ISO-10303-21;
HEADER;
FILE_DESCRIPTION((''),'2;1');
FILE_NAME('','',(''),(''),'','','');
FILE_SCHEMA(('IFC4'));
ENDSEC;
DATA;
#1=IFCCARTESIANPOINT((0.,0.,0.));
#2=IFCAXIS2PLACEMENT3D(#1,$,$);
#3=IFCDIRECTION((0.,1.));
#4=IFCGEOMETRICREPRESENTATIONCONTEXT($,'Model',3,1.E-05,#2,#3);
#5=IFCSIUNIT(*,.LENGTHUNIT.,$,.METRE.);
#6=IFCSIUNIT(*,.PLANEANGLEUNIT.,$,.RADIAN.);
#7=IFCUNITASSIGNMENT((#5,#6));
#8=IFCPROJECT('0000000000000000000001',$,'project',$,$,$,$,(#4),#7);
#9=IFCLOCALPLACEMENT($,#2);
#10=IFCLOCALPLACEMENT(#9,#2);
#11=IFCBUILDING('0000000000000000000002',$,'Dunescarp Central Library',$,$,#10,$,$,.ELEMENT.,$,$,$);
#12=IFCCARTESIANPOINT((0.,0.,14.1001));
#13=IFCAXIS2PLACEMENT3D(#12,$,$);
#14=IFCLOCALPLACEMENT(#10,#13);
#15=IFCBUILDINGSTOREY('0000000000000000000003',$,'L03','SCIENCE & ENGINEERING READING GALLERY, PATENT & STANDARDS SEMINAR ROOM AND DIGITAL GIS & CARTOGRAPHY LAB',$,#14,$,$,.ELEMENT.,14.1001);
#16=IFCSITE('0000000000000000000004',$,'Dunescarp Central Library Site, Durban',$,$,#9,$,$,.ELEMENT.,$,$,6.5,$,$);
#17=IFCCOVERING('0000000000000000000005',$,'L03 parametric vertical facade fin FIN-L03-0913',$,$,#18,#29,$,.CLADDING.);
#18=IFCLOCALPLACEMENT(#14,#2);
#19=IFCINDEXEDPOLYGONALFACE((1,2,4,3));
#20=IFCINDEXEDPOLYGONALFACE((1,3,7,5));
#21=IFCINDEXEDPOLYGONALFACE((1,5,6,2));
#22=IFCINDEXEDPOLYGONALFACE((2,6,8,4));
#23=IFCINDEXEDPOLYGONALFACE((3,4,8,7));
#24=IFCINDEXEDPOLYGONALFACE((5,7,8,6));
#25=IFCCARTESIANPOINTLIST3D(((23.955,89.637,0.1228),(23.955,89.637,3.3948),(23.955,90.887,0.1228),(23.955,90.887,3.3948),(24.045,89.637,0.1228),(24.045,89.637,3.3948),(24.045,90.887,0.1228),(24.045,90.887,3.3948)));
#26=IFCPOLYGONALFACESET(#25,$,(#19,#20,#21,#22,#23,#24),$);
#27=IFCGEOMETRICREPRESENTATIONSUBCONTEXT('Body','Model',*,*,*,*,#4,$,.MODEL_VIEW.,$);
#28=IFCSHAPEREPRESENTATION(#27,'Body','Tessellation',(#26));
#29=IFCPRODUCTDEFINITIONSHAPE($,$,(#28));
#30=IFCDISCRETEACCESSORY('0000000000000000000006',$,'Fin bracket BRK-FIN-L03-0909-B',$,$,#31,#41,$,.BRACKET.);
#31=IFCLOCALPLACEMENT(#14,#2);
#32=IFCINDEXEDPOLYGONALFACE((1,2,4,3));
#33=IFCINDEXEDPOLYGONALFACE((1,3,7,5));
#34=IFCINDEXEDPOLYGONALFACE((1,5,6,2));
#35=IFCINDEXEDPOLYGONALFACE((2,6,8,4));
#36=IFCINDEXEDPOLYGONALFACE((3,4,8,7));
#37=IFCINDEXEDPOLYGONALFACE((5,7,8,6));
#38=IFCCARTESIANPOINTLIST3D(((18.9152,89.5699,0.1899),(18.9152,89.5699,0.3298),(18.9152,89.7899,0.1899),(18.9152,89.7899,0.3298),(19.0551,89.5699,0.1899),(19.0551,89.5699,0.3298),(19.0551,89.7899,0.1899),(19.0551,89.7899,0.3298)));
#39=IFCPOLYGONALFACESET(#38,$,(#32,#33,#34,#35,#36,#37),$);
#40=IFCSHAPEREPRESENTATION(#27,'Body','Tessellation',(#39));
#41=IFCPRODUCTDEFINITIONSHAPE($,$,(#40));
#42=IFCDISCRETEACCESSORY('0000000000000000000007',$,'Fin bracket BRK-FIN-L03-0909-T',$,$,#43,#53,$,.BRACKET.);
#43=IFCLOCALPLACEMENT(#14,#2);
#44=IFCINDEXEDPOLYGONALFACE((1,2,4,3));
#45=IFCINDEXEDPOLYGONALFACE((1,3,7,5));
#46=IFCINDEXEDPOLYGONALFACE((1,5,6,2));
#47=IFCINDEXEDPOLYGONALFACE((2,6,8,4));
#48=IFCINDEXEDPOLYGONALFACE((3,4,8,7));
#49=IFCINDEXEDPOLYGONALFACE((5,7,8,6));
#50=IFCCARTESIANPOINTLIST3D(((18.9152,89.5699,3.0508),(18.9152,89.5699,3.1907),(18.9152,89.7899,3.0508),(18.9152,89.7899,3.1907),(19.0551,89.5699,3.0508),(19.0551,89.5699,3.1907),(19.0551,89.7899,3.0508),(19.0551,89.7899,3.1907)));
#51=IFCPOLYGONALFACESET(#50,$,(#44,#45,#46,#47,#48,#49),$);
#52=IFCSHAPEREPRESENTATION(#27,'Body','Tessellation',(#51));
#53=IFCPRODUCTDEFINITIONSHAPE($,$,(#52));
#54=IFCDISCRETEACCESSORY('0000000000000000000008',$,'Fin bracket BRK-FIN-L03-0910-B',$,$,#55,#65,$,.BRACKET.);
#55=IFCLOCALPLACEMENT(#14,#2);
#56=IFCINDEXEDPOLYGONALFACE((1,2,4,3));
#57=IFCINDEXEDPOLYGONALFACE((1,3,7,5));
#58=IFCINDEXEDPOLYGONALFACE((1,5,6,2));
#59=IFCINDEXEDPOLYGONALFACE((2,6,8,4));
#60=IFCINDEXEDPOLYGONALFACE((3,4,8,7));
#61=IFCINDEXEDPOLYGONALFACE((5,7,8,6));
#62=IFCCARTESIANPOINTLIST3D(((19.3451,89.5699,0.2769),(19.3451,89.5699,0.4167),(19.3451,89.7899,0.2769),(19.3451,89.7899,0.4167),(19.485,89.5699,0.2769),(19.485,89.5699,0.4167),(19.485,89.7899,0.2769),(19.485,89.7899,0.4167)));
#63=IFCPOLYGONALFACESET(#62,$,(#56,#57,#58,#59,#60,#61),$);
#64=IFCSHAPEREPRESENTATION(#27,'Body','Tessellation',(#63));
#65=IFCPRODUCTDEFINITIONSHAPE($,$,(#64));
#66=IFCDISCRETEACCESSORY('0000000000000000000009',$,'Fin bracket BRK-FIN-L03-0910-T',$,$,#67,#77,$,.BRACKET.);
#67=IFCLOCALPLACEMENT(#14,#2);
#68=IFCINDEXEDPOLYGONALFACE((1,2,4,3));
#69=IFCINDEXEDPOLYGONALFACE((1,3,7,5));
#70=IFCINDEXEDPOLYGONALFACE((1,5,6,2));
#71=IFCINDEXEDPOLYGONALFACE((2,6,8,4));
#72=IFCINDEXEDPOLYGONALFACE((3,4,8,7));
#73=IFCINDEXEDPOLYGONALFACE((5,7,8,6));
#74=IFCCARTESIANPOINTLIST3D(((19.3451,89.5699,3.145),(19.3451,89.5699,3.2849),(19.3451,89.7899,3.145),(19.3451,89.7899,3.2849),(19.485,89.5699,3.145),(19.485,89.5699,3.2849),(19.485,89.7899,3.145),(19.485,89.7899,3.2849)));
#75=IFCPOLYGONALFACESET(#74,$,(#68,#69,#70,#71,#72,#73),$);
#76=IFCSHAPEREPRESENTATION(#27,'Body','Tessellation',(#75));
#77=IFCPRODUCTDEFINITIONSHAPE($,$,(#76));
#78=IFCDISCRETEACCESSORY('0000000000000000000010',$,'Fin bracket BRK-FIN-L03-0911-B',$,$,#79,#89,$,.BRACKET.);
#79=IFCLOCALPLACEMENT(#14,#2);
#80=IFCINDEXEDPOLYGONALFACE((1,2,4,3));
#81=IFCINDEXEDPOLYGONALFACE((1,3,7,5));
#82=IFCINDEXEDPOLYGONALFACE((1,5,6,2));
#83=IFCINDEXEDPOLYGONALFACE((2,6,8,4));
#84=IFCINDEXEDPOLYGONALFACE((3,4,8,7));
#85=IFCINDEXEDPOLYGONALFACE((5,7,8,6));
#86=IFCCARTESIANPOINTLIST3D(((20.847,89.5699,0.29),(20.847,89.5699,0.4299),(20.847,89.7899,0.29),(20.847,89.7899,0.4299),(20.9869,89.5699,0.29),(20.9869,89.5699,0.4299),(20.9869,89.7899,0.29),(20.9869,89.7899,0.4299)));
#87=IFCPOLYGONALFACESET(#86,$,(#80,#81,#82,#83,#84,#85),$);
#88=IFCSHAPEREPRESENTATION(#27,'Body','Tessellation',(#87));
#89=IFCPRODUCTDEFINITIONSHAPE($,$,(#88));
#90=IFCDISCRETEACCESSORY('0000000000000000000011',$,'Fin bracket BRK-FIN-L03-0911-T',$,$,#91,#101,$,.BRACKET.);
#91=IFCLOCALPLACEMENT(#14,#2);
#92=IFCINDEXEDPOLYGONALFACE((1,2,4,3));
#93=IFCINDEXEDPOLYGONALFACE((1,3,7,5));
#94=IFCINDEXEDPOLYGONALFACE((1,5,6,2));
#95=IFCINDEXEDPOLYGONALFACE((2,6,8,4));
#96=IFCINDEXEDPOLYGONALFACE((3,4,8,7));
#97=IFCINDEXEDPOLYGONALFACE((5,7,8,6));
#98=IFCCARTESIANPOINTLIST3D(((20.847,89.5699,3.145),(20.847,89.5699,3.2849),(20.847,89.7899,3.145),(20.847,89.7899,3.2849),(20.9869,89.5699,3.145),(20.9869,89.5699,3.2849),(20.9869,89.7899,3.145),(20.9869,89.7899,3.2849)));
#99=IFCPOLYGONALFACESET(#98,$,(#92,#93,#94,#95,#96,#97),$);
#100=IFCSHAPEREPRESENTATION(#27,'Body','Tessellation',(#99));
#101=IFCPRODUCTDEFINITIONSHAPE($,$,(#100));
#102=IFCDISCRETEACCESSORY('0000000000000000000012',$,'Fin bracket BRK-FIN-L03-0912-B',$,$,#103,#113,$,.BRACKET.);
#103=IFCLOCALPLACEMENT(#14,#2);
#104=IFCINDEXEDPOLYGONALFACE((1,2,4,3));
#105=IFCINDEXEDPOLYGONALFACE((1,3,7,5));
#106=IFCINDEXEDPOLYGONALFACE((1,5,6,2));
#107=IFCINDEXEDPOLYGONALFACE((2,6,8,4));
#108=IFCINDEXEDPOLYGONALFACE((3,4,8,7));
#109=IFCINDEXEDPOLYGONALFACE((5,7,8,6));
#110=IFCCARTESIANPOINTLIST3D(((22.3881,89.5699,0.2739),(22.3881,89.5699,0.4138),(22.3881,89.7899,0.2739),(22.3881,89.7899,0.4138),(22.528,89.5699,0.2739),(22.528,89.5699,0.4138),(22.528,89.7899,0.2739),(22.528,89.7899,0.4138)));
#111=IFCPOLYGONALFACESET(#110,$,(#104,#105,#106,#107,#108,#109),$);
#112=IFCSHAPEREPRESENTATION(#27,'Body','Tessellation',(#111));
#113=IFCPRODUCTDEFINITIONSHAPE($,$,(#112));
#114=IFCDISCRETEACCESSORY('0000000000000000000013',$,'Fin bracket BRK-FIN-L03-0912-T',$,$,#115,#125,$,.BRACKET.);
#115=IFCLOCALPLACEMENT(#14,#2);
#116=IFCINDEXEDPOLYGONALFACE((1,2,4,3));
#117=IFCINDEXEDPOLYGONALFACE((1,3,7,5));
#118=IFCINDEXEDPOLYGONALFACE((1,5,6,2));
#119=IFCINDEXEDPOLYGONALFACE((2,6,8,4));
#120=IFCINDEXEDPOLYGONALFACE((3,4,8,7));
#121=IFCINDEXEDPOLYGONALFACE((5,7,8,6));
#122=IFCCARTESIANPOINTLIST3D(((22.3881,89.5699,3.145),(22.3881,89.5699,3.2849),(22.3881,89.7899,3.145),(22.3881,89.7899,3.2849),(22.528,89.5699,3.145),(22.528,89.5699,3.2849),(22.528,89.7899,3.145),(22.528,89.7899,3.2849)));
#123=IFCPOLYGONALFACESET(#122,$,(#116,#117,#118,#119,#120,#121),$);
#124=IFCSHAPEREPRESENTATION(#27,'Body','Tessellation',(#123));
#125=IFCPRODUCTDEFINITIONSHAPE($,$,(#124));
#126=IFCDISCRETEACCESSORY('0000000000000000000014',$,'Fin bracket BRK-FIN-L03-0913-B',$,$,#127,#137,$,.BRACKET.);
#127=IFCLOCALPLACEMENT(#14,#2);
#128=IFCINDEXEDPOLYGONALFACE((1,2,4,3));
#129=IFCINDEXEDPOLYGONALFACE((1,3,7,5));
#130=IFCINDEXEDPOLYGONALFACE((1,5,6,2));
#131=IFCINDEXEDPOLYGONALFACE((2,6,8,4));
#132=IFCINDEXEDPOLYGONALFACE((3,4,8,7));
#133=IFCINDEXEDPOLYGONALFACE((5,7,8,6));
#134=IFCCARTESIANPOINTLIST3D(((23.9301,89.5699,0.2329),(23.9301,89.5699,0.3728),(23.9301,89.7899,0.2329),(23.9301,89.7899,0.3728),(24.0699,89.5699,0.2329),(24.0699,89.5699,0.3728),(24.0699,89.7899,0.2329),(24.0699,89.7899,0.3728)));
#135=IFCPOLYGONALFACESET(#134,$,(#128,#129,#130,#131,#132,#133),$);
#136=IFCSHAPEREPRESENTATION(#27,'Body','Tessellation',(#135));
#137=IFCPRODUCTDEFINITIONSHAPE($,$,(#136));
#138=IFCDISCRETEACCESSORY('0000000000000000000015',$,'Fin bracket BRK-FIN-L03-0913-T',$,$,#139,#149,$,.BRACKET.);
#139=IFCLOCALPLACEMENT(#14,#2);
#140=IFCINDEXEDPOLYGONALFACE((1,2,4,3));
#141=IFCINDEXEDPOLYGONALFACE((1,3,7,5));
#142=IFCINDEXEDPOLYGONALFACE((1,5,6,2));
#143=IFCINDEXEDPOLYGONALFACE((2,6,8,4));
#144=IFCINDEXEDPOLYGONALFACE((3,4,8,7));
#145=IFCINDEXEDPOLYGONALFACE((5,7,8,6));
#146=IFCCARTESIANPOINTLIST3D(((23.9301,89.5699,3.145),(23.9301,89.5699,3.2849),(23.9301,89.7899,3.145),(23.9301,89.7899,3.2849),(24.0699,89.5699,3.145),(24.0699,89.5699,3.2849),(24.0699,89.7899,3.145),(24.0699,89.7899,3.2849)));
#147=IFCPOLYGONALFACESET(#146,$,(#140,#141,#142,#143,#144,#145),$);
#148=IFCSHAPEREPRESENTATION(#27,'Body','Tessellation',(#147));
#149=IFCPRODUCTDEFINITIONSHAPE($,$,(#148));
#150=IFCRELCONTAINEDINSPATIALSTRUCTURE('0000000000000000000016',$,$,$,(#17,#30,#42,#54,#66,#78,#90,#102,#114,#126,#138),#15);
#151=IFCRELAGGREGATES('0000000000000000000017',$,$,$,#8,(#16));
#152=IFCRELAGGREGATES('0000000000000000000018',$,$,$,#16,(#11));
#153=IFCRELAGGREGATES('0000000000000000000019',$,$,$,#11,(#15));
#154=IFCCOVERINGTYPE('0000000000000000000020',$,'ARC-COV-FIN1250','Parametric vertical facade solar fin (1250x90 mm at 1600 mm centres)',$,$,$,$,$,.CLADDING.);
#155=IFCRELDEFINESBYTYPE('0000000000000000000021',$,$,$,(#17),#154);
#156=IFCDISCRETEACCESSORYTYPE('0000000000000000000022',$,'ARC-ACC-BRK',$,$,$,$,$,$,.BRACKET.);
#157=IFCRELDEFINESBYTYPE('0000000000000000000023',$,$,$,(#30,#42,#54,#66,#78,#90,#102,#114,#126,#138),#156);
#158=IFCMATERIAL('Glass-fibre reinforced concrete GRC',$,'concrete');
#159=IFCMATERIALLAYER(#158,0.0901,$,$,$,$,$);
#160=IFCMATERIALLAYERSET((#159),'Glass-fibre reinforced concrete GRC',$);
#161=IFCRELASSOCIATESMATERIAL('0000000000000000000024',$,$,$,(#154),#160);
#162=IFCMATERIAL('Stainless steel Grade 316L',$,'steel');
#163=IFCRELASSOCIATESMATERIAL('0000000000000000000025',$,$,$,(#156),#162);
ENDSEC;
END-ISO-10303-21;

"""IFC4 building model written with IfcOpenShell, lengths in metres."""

from ifc_helpers import new_model, si_unit, direction, frame, origin, origin_2d, place, context, subcontext, project, spatial, rectangle, extrude, material, layer, layer_set, type_object, element, save


model = new_model("IFC4")

# Units and contexts
model_context = context("Model", 3, precision=1e-05, world=origin(), true_north=direction((0.0, 1.0)))
body_context = subcontext(model_context, "Body", "Model", "MODEL_VIEW")
ifc_project = project(units=[si_unit("LENGTHUNIT", "METRE"), si_unit("PLANEANGLEUNIT", "RADIAN")], contexts=[model_context])

# Site, building, storey
site_placement = place(None, origin())
site = spatial("IfcSite", under=ifc_project, at=site_placement, Name="Dunescarp Central Library Site, Durban", CompositionType="ELEMENT", RefElevation=6.5)
building_placement = place(site_placement, origin())
building = spatial("IfcBuilding", under=site, at=building_placement, Name="Dunescarp Central Library", CompositionType="ELEMENT")
storey_placement = place(building_placement, frame((0.0, 0.0, 14.1001)))
storey = spatial("IfcBuildingStorey", under=building, at=storey_placement, Name="L03", Description="SCIENCE & ENGINEERING READING GALLERY, PATENT & STANDARDS SEMINAR ROOM AND DIGITAL GIS & CARTOGRAPHY LAB", CompositionType="ELEMENT", Elevation=14.1001)

# Covering
ifc_material_1 = material(Name="Glass-fibre reinforced concrete GRC", Category="concrete")
ifc_layer_1 = layer(ifc_material_1, 0.0901)
ifc_layer_set_1 = layer_set([ifc_layer_1], Name="Glass-fibre reinforced concrete GRC")
covering_type = type_object("IfcCoveringType", Name="ARC-COV-FIN1250", Description="Parametric vertical facade solar fin (1250x90 mm at 1600 mm centres)", PredefinedType="CLADDING", material=ifc_layer_set_1)
covering_1_placement = place(storey_placement, frame((24.0, 90.262, 0.1228), z_axis=(0.0, 0.0, 1.0), x_axis=(0.0, 1.0, 0.0)))
element("IfcCovering", 1, at=covering_1_placement, inside=storey, type_object=covering_type, Name="L03 parametric vertical facade fin FIN-L03-0913", PredefinedType="CLADDING", context=body_context, shape_type="SweptSolid", body=[
    extrude(rectangle(XDim=1.25, YDim=0.0901, at=origin_2d()), origin(), (0.0, 0.0, 1.0), 3.272),
])

# Discrete accessories
ifc_material_2 = material(Name="Stainless steel Grade 316L", Category="steel")
discrete_accessory_type = type_object("IfcDiscreteAccessoryType", Name="ARC-ACC-BRK", PredefinedType="BRACKET", material=ifc_material_2)
for number, where, z_axis, x_axis, name in (
    (2, (18.9851, 89.6799, 0.1899), (0.0, 0.0, 1.0), (0.0, 1.0, 0.0), "Fin bracket BRK-FIN-L03-0909-B"),
    (3, (18.9851, 89.6799, 3.0508), (0.0, 0.0, 1.0), (0.0, 1.0, 0.0), "Fin bracket BRK-FIN-L03-0909-T"),
    (4, (19.415, 89.6799, 0.2769), (0.0, 0.0, 1.0), (0.0, 1.0, 0.0), "Fin bracket BRK-FIN-L03-0910-B"),
    (5, (19.415, 89.6799, 3.145), (0.0, 0.0, 1.0), (0.0, 1.0, 0.0), "Fin bracket BRK-FIN-L03-0910-T"),
    (6, (20.917, 89.6799, 0.29), (0.0, 0.0, 1.0), (0.0, 1.0, 0.0), "Fin bracket BRK-FIN-L03-0911-B"),
    (7, (20.917, 89.6799, 3.145), (0.0, 0.0, 1.0), (0.0, 1.0, 0.0), "Fin bracket BRK-FIN-L03-0911-T"),
    (8, (22.458, 89.6799, 0.2739), (0.0, 0.0, 1.0), (0.0, 1.0, 0.0), "Fin bracket BRK-FIN-L03-0912-B"),
    (9, (22.458, 89.6799, 3.145), (0.0, 0.0, 1.0), (0.0, 1.0, 0.0), "Fin bracket BRK-FIN-L03-0912-T"),
    (10, (24.0, 89.6799, 0.2329), (0.0, 0.0, 1.0), (0.0, 1.0, 0.0), "Fin bracket BRK-FIN-L03-0913-B"),
    (11, (24.0, 89.6799, 3.145), (0.0, 0.0, 1.0), (0.0, 1.0, 0.0), "Fin bracket BRK-FIN-L03-0913-T"),
):
    element("IfcDiscreteAccessory", number, at=place(storey_placement, frame(where, z_axis=z_axis, x_axis=x_axis)), inside=storey, type_object=discrete_accessory_type, Name=name, PredefinedType="BRACKET", context=body_context, shape_type="SweptSolid", body=[
        extrude(rectangle(XDim=0.22, YDim=0.1399, at=origin_2d()), origin(), (0.0, 0.0, 1.0), 0.1399),
    ])

save(model, "model.ifc")
